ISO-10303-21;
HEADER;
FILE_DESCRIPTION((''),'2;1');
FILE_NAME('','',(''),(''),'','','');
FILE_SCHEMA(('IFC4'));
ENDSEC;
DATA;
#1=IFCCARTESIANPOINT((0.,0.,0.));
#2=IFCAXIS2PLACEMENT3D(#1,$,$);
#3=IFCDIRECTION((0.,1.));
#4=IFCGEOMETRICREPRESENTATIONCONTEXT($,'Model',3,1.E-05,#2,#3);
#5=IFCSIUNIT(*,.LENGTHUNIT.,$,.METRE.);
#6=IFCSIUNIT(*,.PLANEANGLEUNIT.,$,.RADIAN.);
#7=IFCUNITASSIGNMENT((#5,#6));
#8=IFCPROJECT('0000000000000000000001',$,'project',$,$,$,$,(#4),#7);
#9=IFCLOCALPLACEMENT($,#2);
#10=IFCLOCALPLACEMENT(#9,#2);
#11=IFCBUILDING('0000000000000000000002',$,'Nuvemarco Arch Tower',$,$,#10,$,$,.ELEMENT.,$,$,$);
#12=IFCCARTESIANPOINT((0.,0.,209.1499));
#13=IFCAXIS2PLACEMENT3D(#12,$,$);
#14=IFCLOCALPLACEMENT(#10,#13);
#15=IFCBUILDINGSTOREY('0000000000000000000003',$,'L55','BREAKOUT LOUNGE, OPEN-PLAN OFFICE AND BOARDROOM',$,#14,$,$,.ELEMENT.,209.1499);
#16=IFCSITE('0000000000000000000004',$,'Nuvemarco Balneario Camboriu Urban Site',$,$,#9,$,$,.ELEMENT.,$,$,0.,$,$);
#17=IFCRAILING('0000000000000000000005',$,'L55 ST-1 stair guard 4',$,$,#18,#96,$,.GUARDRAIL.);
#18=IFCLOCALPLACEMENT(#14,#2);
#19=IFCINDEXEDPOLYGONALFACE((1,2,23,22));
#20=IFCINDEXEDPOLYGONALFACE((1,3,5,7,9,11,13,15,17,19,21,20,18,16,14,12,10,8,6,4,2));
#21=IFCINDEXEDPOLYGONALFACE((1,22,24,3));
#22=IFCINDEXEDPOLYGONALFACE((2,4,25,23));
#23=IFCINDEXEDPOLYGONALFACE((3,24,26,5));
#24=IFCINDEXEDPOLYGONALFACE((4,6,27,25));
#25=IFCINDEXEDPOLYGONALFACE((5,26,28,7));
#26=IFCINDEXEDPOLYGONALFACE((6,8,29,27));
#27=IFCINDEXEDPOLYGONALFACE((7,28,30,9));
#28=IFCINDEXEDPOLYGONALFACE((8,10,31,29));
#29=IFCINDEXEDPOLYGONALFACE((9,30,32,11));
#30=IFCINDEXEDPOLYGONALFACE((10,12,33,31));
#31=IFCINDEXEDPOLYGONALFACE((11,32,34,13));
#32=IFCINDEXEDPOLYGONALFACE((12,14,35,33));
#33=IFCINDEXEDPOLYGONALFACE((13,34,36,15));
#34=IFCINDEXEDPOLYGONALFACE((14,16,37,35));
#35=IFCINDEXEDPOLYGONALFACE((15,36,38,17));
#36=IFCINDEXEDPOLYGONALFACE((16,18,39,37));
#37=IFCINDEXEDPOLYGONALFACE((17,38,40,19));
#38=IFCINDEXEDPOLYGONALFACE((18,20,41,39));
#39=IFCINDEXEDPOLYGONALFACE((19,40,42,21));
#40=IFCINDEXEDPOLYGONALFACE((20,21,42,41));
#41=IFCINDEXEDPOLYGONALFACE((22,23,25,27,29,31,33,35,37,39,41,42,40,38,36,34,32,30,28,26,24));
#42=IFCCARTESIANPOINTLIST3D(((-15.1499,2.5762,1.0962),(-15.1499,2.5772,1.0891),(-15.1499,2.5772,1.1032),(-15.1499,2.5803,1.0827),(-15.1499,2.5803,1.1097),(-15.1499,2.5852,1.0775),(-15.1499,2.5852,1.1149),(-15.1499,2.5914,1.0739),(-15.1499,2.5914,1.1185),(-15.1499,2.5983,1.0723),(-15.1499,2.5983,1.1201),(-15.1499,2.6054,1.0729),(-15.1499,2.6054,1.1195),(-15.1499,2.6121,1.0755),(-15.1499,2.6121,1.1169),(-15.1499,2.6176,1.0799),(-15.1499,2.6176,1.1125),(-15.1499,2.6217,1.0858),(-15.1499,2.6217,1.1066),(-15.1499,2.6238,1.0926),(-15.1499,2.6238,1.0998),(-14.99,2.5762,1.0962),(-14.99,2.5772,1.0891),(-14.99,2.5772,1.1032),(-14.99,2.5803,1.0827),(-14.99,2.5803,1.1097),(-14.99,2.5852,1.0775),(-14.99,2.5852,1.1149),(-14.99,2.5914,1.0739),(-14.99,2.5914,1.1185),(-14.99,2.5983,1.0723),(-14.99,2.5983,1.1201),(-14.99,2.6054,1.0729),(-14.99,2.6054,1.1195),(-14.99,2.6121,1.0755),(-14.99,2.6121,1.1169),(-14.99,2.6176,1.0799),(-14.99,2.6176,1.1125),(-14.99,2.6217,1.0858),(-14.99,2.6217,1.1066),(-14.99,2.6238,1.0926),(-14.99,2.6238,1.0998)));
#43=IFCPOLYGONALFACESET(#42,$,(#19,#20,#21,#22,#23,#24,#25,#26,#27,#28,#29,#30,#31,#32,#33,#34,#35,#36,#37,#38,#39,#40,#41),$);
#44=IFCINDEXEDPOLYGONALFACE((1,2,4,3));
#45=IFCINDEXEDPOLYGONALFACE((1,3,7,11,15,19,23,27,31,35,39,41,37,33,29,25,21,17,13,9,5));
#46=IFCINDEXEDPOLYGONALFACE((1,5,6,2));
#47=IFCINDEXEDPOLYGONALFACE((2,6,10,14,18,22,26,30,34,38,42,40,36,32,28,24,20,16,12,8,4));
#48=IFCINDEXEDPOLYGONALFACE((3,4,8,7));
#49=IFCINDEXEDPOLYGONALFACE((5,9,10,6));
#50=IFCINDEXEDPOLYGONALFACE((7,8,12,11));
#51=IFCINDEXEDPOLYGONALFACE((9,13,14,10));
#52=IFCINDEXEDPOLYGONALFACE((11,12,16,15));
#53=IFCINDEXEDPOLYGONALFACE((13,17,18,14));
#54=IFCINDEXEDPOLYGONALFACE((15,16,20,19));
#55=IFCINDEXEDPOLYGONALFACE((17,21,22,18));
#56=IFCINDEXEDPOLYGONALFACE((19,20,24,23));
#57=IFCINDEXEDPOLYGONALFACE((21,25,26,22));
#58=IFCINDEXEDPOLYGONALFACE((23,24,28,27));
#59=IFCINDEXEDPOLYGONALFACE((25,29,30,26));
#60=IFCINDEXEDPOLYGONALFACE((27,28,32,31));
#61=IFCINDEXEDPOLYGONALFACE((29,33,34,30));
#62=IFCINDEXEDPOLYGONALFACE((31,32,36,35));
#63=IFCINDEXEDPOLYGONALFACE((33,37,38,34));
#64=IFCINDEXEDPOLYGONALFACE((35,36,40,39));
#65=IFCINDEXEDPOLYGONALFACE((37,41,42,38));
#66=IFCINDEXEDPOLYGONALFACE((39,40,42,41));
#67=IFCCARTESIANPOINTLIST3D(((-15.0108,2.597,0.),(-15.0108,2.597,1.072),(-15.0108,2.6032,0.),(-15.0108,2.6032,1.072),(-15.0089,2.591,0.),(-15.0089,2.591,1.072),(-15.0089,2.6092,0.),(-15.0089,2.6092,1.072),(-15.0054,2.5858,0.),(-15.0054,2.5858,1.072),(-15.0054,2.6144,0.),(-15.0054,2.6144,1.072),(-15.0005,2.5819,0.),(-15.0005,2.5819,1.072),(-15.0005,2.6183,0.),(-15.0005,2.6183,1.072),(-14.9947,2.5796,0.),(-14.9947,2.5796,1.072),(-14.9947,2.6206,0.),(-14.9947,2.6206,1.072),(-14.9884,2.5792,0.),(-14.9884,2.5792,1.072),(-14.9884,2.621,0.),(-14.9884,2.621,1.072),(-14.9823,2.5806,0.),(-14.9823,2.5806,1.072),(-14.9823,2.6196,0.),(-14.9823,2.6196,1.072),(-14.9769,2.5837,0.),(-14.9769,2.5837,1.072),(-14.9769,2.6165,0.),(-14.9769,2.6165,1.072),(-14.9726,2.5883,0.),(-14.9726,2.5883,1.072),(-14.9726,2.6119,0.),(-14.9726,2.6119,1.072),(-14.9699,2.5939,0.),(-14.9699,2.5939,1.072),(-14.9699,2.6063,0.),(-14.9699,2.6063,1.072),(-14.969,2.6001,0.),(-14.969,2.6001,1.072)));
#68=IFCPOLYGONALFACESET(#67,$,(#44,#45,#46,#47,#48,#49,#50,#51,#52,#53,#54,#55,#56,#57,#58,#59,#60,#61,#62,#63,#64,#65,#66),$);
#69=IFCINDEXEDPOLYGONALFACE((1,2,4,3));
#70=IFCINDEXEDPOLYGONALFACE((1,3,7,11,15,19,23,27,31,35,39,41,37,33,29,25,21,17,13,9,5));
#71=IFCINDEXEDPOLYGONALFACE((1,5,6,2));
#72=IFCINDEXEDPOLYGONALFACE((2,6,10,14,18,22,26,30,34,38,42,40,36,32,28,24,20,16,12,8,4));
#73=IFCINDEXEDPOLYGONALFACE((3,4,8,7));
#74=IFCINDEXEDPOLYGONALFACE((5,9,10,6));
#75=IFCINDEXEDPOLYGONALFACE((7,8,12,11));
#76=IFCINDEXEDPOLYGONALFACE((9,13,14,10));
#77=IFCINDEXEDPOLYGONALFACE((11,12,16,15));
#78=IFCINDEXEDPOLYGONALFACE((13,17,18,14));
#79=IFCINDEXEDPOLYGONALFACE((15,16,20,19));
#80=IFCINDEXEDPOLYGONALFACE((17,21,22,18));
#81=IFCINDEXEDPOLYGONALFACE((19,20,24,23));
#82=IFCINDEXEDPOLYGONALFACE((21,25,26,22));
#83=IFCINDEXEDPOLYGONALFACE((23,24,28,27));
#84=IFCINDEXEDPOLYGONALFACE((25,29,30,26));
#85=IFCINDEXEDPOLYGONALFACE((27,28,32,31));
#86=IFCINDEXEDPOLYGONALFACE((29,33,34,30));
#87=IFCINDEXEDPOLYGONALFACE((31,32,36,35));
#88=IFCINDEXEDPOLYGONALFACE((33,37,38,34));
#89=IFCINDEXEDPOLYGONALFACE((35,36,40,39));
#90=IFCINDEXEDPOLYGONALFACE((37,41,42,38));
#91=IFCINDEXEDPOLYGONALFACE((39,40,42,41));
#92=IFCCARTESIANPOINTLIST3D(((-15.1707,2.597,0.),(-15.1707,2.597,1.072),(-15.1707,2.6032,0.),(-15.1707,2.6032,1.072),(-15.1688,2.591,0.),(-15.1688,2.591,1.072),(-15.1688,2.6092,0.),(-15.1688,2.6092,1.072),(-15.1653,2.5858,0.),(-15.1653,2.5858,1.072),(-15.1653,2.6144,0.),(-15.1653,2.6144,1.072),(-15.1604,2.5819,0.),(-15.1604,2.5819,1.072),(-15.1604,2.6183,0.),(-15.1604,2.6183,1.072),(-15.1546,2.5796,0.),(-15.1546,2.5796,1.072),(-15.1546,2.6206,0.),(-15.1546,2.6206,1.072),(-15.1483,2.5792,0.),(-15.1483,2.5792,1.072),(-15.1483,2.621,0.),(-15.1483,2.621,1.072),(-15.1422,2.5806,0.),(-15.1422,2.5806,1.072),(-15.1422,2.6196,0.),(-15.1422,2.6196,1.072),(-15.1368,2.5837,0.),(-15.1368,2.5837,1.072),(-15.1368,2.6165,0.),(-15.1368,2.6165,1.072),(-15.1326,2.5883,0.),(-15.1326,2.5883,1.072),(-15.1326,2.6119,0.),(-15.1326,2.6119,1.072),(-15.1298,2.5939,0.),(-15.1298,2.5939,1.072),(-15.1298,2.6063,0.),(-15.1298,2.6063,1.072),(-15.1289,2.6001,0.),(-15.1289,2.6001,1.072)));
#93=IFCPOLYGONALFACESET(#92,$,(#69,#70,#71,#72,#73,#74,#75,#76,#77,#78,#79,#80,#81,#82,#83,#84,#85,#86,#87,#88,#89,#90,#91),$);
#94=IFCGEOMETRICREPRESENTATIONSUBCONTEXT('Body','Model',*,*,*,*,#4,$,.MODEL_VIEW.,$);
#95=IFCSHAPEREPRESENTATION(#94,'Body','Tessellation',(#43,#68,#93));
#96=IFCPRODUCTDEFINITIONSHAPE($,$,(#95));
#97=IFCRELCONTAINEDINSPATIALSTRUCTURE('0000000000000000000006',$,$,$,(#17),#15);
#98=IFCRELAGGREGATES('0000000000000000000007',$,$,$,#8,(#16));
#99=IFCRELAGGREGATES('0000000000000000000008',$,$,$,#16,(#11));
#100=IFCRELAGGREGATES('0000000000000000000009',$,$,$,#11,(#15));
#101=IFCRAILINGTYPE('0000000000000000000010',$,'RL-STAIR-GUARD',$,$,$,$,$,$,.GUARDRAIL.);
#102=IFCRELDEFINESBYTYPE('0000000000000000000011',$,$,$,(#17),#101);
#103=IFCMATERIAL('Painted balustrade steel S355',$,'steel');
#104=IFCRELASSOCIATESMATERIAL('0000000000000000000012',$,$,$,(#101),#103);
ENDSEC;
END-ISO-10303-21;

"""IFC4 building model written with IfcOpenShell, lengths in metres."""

from ifc_helpers import new_model, si_unit, direction, frame, origin, origin_2d, place, context, subcontext, project, spatial, circle, extrude, material, type_object, element, save


model = new_model("IFC4")

# Units and contexts
model_context = context("Model", 3, precision=1e-05, world=origin(), true_north=direction((0.0, 1.0)))
body_context = subcontext(model_context, "Body", "Model", "MODEL_VIEW")
ifc_project = project(units=[si_unit("LENGTHUNIT", "METRE"), si_unit("PLANEANGLEUNIT", "RADIAN")], contexts=[model_context])

# Site, building, storey
site_placement = place(None, origin())
site = spatial("IfcSite", under=ifc_project, at=site_placement, Name="Nuvemarco Balneario Camboriu Urban Site", CompositionType="ELEMENT", RefElevation=0.0)
building_placement = place(site_placement, origin())
building = spatial("IfcBuilding", under=site, at=building_placement, Name="Nuvemarco Arch Tower", CompositionType="ELEMENT")
storey_placement = place(building_placement, frame((0.0, 0.0, 209.1499)))
storey = spatial("IfcBuildingStorey", under=building, at=storey_placement, Name="L55", Description="BREAKOUT LOUNGE, OPEN-PLAN OFFICE AND BOARDROOM", CompositionType="ELEMENT", Elevation=209.1499)

# Railing
ifc_material_1 = material(Name="Painted balustrade steel S355", Category="steel")
railing_type_1 = type_object("IfcRailingType", Name="RL-STAIR-GUARD", PredefinedType="GUARDRAIL", material=ifc_material_1)
railing_1_placement = place(storey_placement, frame((-14.99, 2.6001, 0.0)))
element("IfcRailing", 1, at=railing_1_placement, inside=storey, type_object=railing_type_1, Name="L55 ST-1 stair guard 4", PredefinedType="GUARDRAIL", context=body_context, shape_type="SweptSolid", body=[
    extrude(circle(Radius=0.0239, at=origin_2d()), frame((0.0, 0.0, 1.0962), z_axis=(-1.0, 0.0, 0.0), x_axis=(0.0, -1.0, 0.0)), (0.0, 0.0, 1.0), 0.1599),
    extrude(circle(Radius=0.021, at=origin_2d()), origin(), (0.0, 0.0, 1.0), 1.072),
    extrude(circle(Radius=0.021, at=origin_2d()), frame((-0.1599, 0.0, 0.0)), (0.0, 0.0, 1.0), 1.072),
])

save(model, "model.ifc")
